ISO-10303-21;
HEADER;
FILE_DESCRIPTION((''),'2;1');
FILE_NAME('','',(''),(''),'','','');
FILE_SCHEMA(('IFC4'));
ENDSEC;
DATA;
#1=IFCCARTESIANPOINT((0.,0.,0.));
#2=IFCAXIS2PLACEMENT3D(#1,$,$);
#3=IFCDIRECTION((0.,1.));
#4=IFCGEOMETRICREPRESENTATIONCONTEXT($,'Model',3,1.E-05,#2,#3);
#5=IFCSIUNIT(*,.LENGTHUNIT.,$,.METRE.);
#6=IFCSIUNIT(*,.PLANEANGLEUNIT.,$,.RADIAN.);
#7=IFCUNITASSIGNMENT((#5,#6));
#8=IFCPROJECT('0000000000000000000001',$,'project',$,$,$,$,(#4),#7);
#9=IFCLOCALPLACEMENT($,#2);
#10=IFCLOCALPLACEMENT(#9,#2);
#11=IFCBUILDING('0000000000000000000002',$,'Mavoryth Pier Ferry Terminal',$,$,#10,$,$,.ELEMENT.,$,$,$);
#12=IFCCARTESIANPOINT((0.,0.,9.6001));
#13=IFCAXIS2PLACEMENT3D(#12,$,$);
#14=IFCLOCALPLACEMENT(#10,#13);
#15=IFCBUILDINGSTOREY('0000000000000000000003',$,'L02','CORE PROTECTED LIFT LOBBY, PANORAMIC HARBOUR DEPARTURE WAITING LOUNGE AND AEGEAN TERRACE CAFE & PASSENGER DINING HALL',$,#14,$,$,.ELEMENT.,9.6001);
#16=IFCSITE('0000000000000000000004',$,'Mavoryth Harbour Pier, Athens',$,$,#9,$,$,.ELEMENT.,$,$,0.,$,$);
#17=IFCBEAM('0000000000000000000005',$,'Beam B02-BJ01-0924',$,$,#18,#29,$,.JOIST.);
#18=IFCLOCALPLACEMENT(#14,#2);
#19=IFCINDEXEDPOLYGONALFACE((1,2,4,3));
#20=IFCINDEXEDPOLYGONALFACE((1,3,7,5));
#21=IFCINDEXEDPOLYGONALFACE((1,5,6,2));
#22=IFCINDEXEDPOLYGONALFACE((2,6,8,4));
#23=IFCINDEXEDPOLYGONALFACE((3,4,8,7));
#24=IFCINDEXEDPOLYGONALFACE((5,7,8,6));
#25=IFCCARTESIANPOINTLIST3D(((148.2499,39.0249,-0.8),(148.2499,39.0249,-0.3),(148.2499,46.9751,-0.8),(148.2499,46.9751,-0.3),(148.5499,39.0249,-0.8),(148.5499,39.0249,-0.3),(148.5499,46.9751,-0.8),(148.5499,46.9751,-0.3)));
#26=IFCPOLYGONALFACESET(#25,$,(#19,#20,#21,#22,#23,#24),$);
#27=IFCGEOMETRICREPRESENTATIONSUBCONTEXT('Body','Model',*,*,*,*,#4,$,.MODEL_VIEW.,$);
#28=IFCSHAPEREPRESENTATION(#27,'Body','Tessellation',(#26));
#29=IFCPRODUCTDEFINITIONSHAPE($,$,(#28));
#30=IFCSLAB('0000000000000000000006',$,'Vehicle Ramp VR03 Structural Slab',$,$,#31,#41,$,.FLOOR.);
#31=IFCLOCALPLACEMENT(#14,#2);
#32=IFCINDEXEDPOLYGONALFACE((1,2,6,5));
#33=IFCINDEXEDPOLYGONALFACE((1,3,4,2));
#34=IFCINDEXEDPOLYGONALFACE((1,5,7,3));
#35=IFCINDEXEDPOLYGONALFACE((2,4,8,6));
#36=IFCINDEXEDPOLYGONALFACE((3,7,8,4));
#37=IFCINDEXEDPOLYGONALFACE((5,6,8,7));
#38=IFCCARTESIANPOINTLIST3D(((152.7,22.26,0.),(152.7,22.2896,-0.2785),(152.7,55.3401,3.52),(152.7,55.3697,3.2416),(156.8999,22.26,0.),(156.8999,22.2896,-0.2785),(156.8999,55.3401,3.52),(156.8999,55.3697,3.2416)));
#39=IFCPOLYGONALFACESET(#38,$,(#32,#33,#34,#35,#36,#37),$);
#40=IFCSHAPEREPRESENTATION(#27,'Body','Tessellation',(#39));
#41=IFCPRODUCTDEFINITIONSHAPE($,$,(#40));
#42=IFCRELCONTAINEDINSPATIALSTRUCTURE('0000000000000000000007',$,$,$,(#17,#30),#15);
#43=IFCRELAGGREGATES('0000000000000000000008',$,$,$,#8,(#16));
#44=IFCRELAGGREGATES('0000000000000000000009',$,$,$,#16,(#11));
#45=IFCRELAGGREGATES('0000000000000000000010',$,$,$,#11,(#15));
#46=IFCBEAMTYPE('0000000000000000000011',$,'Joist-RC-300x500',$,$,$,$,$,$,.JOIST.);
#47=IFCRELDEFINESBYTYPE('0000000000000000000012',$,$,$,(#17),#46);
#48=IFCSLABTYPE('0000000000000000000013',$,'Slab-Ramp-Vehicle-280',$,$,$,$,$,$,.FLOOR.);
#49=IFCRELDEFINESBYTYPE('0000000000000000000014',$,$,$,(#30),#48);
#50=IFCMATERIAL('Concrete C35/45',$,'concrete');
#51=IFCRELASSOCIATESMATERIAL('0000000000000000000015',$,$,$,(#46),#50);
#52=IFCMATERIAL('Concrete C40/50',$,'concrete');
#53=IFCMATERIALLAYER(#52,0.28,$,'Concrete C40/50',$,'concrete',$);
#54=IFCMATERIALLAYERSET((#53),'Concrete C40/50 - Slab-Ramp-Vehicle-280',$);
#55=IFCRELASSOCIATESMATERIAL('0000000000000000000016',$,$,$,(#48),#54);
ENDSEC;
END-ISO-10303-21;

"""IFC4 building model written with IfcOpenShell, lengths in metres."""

from ifc_helpers import new_model, si_unit, direction, frame, origin, origin_2d, place, context, subcontext, project, spatial, polyline, rectangle, outline, extrude, material, layer, layer_set, material_profile, profile_set, type_object, element, save


model = new_model("IFC4")

# Units and contexts
model_context = context("Model", 3, precision=1e-05, world=origin(), true_north=direction((0.0, 1.0)))
body_context = subcontext(model_context, "Body", "Model", "MODEL_VIEW")
ifc_project = project(units=[si_unit("LENGTHUNIT", "METRE"), si_unit("PLANEANGLEUNIT", "RADIAN")], contexts=[model_context])

# Site, building, storey
site_placement = place(None, origin())
site = spatial("IfcSite", under=ifc_project, at=site_placement, Name="Mavoryth Harbour Pier, Athens", CompositionType="ELEMENT", RefElevation=0.0)
building_placement = place(site_placement, origin())
building = spatial("IfcBuilding", under=site, at=building_placement, Name="Mavoryth Pier Ferry Terminal", CompositionType="ELEMENT")
storey_placement = place(building_placement, frame((0.0, 0.0, 9.6001)))
storey = spatial("IfcBuildingStorey", under=building, at=storey_placement, Name="L02", Description="CORE PROTECTED LIFT LOBBY, PANORAMIC HARBOUR DEPARTURE WAITING LOUNGE AND AEGEAN TERRACE CAFE & PASSENGER DINING HALL", CompositionType="ELEMENT", Elevation=9.6001)

# Shared definitions
ifc_material_1 = material(Name="Concrete C40/50", Category="concrete")

# Beam
ifc_material_2 = material(Name="Concrete C35/45", Category="concrete")
ifc_material_profile_1 = material_profile(ifc_material_2, rectangle(XDim=0.3, YDim=0.5, at=origin_2d()), Name="RC 300x500", Category="concrete")
ifc_profile_set_1 = profile_set([ifc_material_profile_1], Name="Concrete C35/45 - RC 300x500")
beam_type_1 = type_object("IfcBeamType", Name="Joist-RC-300x500", PredefinedType="JOIST", material=ifc_profile_set_1)
for number, where, z_axis, x_axis, name in (
    (1, (148.3999, 39.0249, -0.55), (0.0, 1.0, 0.0), (-1.0, 0.0, 0.0), "Beam B02-BJ01-0924"),
):
    element("IfcBeam", number, at=place(storey_placement, frame(where, z_axis=z_axis, x_axis=x_axis)), inside=storey, type_object=beam_type_1, Name=name, PredefinedType="JOIST", context=body_context, shape_type="SweptSolid", body=[
        extrude(rectangle(XDim=0.3, YDim=0.5, at=origin_2d()), origin(), (0.0, 0.0, 1.0), 7.9502),
    ])

# Slab
ifc_layer = layer(ifc_material_1, 0.28, Name="Concrete C40/50", Category="concrete")
ifc_layer_set = layer_set([ifc_layer], Name="Concrete C40/50 - Slab-Ramp-Vehicle-280")
slab_type = type_object("IfcSlabType", Name="Slab-Ramp-Vehicle-280", PredefinedType="FLOOR", material=ifc_layer_set)
slab_placement = place(storey_placement, frame((152.7, 22.26, 0.0), z_axis=(0.0, -0.105812, 0.994386), x_axis=(1.0, 0.0, 0.0)))
element("IfcSlab", 2, at=slab_placement, inside=storey, type_object=slab_type, Name="Vehicle Ramp VR03 Structural Slab", PredefinedType="FLOOR", context=body_context, shape_type="SweptSolid", body=[
    extrude(outline(polyline([(0.0, 0.0), (4.2, 0.0), (4.2, 33.2668), (0.0, 33.2668), (0.0, 0.0)])), origin(), (0.0, 0.0, -1.0), 0.28),
])

save(model, "model.ifc")
